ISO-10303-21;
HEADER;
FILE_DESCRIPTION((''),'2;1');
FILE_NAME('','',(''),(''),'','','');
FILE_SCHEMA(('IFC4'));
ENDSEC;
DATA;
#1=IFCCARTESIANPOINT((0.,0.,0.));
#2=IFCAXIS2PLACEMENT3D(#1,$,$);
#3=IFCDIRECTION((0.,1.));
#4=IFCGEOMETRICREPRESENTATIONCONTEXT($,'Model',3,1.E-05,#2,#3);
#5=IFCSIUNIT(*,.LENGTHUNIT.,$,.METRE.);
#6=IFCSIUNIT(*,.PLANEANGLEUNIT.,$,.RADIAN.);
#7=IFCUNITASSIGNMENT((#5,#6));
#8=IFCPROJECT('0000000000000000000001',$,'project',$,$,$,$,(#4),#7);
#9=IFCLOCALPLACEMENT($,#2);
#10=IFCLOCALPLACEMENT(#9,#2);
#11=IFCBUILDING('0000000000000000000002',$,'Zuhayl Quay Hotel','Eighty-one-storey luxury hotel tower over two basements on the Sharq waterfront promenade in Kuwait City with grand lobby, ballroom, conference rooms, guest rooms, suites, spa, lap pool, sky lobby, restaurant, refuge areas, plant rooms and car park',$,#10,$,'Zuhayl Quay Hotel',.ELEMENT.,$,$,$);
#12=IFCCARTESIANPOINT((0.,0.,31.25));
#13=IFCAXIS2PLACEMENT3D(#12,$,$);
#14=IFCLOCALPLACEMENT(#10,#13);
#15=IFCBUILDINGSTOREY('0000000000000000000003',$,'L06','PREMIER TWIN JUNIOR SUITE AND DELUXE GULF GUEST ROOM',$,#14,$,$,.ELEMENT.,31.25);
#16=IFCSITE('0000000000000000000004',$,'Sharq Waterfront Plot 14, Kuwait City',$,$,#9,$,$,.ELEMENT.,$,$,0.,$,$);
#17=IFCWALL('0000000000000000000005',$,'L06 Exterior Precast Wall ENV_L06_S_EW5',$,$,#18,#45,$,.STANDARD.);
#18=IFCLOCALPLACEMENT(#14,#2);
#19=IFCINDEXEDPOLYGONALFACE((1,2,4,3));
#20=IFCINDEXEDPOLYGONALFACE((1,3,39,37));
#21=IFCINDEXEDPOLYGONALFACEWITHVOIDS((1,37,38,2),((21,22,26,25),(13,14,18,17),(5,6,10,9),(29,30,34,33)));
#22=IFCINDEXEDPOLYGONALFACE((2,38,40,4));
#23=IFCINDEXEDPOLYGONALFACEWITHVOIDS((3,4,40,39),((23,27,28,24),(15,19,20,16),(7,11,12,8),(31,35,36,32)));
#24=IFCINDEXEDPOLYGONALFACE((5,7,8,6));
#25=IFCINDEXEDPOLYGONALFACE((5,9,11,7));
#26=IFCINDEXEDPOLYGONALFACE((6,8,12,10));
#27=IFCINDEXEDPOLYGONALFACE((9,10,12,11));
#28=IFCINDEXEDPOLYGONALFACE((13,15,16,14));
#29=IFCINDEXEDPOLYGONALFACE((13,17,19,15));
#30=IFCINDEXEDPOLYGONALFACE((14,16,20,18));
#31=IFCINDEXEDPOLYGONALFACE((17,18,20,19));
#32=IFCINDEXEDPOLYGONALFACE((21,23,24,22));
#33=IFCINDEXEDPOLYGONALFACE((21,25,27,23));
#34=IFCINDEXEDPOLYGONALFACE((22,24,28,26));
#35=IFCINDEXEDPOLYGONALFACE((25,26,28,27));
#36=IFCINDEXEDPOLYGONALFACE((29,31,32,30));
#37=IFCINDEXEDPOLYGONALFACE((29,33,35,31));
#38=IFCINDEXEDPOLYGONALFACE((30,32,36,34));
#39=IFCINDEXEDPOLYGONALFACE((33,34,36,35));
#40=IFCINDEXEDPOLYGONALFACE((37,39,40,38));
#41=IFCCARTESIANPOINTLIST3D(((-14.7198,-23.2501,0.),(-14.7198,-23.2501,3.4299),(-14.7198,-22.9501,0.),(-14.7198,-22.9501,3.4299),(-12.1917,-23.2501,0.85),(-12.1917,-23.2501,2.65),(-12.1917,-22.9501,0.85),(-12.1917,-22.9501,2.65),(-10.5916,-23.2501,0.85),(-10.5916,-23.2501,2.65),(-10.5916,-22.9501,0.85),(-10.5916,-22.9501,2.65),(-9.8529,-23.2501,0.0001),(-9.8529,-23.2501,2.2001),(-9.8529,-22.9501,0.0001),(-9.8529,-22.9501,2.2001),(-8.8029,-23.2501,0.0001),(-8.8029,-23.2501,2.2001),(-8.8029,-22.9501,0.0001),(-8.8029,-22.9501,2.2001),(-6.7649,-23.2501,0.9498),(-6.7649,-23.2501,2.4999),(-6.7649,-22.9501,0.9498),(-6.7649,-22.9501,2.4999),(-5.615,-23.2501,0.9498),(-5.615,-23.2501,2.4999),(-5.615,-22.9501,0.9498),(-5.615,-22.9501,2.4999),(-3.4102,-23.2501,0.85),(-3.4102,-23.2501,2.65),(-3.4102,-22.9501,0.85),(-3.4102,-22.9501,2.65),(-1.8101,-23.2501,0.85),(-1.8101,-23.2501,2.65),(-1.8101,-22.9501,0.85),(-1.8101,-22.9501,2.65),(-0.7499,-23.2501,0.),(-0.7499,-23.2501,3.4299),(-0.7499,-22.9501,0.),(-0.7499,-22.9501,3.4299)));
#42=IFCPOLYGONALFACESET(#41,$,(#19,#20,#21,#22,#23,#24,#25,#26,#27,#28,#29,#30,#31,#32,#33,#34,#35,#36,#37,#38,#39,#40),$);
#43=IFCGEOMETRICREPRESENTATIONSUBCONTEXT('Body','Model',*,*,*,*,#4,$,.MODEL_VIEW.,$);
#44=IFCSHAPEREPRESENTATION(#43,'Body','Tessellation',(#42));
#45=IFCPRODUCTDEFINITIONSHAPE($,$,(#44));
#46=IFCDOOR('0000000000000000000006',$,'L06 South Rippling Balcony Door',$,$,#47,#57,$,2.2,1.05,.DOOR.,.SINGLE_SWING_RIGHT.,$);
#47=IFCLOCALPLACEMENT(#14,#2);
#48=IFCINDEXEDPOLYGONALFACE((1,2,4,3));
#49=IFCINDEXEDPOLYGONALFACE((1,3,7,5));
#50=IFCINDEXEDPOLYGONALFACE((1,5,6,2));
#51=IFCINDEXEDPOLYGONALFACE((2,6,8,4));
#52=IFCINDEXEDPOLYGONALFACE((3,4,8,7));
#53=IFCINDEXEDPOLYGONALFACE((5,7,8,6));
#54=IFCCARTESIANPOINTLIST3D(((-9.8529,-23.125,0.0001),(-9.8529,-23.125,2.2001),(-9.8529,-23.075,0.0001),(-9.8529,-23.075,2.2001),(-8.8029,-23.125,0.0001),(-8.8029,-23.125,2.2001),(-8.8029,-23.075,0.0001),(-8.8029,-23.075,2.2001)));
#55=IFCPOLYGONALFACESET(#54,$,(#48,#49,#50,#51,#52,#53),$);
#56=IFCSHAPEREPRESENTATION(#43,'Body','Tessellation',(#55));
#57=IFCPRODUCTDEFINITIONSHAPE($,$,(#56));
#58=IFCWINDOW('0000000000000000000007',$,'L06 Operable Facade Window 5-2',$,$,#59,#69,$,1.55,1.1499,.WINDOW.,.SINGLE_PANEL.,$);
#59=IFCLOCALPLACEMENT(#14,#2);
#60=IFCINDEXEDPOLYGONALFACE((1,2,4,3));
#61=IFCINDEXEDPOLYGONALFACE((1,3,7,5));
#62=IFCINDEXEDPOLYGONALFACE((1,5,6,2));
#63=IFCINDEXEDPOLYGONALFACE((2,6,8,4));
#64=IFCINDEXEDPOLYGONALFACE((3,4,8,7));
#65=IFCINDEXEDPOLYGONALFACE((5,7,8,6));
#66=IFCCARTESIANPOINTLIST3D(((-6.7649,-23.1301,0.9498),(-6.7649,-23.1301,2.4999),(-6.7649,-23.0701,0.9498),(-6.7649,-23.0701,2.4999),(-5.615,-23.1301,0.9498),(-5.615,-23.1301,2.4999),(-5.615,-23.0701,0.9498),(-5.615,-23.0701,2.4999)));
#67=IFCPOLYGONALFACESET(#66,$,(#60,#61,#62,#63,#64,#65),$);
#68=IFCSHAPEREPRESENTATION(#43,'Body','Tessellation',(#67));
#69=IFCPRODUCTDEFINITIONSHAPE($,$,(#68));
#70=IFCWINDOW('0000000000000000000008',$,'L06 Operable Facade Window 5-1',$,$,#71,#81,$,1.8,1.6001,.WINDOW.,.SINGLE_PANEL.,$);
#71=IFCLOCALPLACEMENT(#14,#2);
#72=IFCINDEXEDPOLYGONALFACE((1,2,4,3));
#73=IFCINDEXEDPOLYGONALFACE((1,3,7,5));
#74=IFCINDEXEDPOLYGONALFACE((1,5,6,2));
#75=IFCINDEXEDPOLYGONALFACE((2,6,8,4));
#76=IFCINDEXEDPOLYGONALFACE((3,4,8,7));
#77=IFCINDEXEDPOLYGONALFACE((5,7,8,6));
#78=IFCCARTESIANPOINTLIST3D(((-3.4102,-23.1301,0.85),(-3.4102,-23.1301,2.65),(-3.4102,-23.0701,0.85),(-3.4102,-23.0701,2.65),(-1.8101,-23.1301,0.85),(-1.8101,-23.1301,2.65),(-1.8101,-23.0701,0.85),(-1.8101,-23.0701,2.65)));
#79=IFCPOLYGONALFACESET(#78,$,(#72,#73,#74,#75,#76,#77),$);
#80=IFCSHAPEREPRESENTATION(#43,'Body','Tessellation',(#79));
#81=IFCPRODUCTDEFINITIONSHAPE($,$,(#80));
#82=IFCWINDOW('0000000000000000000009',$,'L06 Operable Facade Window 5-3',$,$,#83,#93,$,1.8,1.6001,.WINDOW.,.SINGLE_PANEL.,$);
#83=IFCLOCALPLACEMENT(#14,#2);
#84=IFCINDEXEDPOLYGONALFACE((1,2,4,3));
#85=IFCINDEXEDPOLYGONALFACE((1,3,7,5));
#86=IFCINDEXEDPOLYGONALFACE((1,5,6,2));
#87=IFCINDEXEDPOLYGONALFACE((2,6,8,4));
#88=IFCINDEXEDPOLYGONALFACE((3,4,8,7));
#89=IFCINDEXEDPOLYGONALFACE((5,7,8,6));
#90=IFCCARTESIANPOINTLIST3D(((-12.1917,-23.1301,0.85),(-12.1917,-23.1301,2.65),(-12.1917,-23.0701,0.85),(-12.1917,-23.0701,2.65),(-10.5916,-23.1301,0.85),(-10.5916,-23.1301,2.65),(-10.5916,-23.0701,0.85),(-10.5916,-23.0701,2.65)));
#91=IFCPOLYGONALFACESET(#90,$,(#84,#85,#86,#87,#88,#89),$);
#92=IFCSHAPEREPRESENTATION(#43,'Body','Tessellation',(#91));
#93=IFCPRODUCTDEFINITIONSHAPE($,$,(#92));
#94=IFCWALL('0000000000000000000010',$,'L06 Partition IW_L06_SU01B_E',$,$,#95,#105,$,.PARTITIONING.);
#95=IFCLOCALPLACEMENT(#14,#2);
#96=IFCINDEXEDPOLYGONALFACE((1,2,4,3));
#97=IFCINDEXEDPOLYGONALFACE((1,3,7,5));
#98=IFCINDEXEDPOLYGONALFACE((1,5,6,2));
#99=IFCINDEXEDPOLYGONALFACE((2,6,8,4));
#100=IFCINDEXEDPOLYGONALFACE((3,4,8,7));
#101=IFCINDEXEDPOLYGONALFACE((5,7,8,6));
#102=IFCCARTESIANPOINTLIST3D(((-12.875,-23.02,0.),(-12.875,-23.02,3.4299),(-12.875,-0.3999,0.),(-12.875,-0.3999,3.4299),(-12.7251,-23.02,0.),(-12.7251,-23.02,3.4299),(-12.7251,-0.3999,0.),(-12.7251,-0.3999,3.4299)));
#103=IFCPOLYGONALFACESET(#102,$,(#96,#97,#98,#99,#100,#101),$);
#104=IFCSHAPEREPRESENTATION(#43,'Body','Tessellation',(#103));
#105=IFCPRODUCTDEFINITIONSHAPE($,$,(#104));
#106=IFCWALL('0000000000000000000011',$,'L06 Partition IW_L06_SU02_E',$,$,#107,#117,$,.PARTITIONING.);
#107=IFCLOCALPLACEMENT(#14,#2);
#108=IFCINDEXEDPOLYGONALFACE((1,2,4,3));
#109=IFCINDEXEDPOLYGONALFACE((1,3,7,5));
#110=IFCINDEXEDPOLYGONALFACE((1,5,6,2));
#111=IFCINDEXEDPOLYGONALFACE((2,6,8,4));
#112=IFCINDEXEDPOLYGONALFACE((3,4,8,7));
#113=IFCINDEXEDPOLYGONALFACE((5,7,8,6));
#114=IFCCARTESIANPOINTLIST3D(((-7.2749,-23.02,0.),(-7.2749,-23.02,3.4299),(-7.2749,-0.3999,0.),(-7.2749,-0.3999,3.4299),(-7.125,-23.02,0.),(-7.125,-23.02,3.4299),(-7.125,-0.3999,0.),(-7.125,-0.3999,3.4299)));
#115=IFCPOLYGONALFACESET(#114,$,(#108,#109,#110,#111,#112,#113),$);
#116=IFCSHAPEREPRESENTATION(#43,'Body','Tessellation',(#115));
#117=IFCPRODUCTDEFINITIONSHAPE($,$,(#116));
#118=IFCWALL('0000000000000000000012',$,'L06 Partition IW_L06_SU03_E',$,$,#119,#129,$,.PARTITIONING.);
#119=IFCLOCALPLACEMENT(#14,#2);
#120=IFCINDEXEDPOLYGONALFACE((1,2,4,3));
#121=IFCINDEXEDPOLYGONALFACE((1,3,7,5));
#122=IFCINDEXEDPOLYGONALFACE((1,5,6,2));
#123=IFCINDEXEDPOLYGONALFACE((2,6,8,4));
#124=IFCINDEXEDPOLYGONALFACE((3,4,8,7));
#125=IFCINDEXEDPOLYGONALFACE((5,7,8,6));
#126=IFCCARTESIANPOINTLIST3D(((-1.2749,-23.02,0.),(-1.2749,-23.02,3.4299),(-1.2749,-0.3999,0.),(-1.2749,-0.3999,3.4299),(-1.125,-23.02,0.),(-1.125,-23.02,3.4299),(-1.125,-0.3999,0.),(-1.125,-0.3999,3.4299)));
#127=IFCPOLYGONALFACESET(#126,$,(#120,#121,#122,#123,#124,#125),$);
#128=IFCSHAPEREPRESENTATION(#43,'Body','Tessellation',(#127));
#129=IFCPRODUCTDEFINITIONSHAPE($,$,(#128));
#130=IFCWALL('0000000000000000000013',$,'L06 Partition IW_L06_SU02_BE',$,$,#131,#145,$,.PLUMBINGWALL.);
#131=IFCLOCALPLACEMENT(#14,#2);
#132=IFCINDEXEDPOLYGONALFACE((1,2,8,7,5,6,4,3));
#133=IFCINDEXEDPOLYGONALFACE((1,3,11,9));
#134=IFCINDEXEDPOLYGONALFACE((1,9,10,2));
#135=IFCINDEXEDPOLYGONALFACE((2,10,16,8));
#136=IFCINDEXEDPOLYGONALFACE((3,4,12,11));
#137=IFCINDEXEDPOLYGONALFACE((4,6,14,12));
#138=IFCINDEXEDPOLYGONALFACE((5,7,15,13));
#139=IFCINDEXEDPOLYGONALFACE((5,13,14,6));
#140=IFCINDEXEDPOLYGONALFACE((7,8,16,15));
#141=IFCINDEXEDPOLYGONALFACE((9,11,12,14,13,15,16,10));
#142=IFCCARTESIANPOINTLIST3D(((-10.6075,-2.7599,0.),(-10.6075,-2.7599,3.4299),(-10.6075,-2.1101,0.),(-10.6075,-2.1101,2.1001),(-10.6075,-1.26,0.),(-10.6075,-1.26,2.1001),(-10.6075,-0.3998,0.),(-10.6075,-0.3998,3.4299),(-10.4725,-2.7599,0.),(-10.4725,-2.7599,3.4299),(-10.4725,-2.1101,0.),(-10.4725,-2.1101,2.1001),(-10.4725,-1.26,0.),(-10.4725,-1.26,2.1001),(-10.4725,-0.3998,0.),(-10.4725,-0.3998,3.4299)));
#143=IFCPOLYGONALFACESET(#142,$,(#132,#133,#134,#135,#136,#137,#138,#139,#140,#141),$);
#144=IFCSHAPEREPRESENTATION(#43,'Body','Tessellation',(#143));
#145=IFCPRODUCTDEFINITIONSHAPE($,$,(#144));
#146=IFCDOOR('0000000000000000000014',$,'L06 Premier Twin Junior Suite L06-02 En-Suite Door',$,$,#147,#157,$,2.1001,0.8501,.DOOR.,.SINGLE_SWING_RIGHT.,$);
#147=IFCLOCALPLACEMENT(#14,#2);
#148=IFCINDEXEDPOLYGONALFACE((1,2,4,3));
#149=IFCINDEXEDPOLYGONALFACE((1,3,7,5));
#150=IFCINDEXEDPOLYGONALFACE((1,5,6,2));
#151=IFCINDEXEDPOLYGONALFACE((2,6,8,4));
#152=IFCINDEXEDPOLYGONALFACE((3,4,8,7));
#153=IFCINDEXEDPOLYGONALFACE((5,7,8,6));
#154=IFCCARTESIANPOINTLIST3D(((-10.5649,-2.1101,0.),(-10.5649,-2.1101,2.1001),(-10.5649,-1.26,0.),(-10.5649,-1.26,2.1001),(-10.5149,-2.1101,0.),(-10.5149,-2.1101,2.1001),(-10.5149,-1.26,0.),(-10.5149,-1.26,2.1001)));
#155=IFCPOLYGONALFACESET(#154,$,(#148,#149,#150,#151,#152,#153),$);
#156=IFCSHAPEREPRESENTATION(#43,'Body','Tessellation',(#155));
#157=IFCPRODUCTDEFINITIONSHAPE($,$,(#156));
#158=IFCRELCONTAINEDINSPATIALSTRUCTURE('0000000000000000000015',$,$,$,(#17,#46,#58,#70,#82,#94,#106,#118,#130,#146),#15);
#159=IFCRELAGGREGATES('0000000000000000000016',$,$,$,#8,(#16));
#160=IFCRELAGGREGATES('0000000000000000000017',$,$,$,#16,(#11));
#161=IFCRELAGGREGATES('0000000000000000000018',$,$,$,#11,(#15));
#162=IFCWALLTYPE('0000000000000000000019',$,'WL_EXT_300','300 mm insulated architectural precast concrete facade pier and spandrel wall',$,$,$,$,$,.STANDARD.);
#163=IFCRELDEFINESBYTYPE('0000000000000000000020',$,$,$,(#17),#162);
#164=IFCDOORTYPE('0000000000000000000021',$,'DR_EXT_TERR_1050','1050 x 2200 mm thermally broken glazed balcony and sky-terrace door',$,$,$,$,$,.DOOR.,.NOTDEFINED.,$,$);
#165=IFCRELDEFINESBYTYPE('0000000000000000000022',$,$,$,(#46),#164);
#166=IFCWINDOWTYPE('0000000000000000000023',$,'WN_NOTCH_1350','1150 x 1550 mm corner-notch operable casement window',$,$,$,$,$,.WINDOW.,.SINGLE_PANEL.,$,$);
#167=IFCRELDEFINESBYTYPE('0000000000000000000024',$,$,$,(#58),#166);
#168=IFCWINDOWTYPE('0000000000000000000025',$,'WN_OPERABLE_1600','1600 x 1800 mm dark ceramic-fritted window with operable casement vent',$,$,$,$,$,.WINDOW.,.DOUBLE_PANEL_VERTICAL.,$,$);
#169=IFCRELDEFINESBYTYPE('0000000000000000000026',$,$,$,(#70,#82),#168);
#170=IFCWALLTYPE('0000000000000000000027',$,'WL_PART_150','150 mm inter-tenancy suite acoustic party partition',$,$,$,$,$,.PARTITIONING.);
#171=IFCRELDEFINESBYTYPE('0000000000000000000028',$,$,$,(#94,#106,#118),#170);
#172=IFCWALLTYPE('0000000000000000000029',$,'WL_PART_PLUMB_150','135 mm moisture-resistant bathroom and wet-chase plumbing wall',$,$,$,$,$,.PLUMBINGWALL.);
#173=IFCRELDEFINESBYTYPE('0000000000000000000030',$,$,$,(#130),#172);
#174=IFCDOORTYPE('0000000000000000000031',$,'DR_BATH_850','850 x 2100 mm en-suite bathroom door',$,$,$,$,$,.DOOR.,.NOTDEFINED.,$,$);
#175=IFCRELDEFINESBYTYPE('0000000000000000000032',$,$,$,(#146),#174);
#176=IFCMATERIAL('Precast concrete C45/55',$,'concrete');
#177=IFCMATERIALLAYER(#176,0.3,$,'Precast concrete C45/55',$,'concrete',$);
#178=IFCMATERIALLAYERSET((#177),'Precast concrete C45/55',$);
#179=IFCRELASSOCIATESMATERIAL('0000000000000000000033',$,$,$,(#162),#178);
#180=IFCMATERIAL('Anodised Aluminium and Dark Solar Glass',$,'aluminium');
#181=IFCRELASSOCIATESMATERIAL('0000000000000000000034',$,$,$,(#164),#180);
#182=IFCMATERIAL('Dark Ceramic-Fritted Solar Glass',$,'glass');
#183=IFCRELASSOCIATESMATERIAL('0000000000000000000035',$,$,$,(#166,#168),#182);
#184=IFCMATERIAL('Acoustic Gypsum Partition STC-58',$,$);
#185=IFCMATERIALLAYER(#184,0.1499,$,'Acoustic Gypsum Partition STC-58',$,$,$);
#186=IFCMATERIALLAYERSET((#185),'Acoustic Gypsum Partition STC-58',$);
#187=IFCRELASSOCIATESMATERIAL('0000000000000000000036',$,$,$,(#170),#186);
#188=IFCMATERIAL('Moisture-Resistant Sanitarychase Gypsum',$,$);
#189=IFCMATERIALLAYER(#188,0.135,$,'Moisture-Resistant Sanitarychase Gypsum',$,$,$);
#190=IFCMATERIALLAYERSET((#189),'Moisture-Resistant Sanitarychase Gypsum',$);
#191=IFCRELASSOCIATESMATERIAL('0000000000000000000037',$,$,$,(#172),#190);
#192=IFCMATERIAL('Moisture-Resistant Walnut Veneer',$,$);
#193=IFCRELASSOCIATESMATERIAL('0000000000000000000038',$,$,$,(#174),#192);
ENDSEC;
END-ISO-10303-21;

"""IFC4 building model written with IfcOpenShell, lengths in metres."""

from ifc_helpers import new_model, si_unit, direction, frame, frame_2d, origin, place, context, subcontext, project, spatial, rectangle, extrude, material, layer, layer_set, type_object, element, fill, save


model = new_model("IFC4")

# Units and contexts
model_context = context("Model", 3, precision=1e-05, world=origin(), true_north=direction((0.0, 1.0)))
body_context = subcontext(model_context, "Body", "Model", "MODEL_VIEW")
ifc_project = project(units=[si_unit("LENGTHUNIT", "METRE"), si_unit("PLANEANGLEUNIT", "RADIAN")], contexts=[model_context])

# Site, building, storey
site_placement = place(None, origin())
site = spatial("IfcSite", under=ifc_project, at=site_placement, Name="Sharq Waterfront Plot 14, Kuwait City", CompositionType="ELEMENT", RefElevation=0.0)
building_placement = place(site_placement, origin())
building = spatial("IfcBuilding", under=site, at=building_placement, Name="Zuhayl Quay Hotel", Description="Eighty-one-storey luxury hotel tower over two basements on the Sharq waterfront promenade in Kuwait City with grand lobby, ballroom, conference rooms, guest rooms, suites, spa, lap pool, sky lobby, restaurant, refuge areas, plant rooms and car park", LongName="Zuhayl Quay Hotel", CompositionType="ELEMENT")
storey_placement = place(building_placement, frame((0.0, 0.0, 31.25)))
storey = spatial("IfcBuildingStorey", under=building, at=storey_placement, Name="L06", Description="PREMIER TWIN JUNIOR SUITE AND DELUXE GULF GUEST ROOM", CompositionType="ELEMENT", Elevation=31.25)

# Wall, openings, door, windows
ifc_material_1 = material(Name="Precast concrete C45/55", Category="concrete")
ifc_layer_1 = layer(ifc_material_1, 0.3, Name="Precast concrete C45/55", Category="concrete")
ifc_layer_set_1 = layer_set([ifc_layer_1], Name="Precast concrete C45/55")
wall_type_1 = type_object("IfcWallType", Name="WL_EXT_300", Description="300 mm insulated architectural precast concrete facade pier and spandrel wall", PredefinedType="STANDARD", material=ifc_layer_set_1)
wall_1_placement = place(storey_placement, frame((-0.75, -23.1001, 0.0), z_axis=(0.0, 0.0, 1.0), x_axis=(-1.0, 0.0, 0.0)))
wall_1 = element("IfcWall", 1, at=wall_1_placement, inside=storey, type_object=wall_type_1, Name="L06 Exterior Precast Wall ENV_L06_S_EW5", PredefinedType="STANDARD", context=body_context, shape_type="SweptSolid", body=[
    extrude(rectangle(XDim=13.97, YDim=0.3, at=frame_2d((6.9849, 0.0))), origin(), (0.0, 0.0, 1.0), 3.4299),
])
opening_1_placement = place(wall_1_placement, frame((8.053, 0.0, 0.0)))
opening_1 = element("IfcOpeningElement", 2, at=opening_1_placement, cuts=wall_1, PredefinedType="OPENING", context=body_context, shape_type="SweptSolid", body=[
    extrude(rectangle(XDim=1.05, YDim=2.2, at=frame_2d((0.5249, 1.1001))), frame((0.0, 0.1599, 0.0), z_axis=(0.0, -1.0, 0.0), x_axis=(1.0, 0.0, 0.0)), (0.0, 0.0, 1.0), 0.3201),
])
opening_2_placement = place(wall_1_placement, frame((1.0601, 0.0, 0.8501)))
opening_2 = element("IfcOpeningElement", 3, at=opening_2_placement, cuts=wall_1, PredefinedType="OPENING", context=body_context, shape_type="SweptSolid", body=[
    extrude(rectangle(XDim=1.6001, YDim=1.8, at=frame_2d((0.8, 0.8999))), frame((0.0, 0.1599, 0.0), z_axis=(0.0, -1.0, 0.0), x_axis=(1.0, 0.0, 0.0)), (0.0, 0.0, 1.0), 0.3201),
])
opening_3_placement = place(wall_1_placement, frame((4.865, 0.0, 0.95)))
opening_3 = element("IfcOpeningElement", 4, at=opening_3_placement, cuts=wall_1, PredefinedType="OPENING", context=body_context, shape_type="SweptSolid", body=[
    extrude(rectangle(XDim=1.1499, YDim=1.55, at=frame_2d((0.575, 0.7749))), frame((0.0, 0.1599, 0.0), z_axis=(0.0, -1.0, 0.0), x_axis=(1.0, 0.0, 0.0)), (0.0, 0.0, 1.0), 0.3201),
])
opening_4_placement = place(wall_1_placement, frame((9.8416, 0.0, 0.8501)))
opening_4 = element("IfcOpeningElement", 5, at=opening_4_placement, cuts=wall_1, PredefinedType="OPENING", context=body_context, shape_type="SweptSolid", body=[
    extrude(rectangle(XDim=1.6001, YDim=1.8, at=frame_2d((0.8, 0.8999))), frame((0.0, 0.1599, 0.0), z_axis=(0.0, -1.0, 0.0), x_axis=(1.0, 0.0, 0.0)), (0.0, 0.0, 1.0), 0.3201),
])
ifc_material_2 = material(Name="Anodised Aluminium and Dark Solar Glass", Category="aluminium")
door_type_1 = type_object("IfcDoorType", Name="DR_EXT_TERR_1050", Description="1050 x 2200 mm thermally broken glazed balcony and sky-terrace door", OperationType="NOTDEFINED", PredefinedType="DOOR", material=ifc_material_2)
door_1_placement = place(opening_1_placement, origin())
door_1 = element("IfcDoor", 6, at=door_1_placement, inside=storey, type_object=door_type_1, Name="L06 South Rippling Balcony Door", OperationType="SINGLE_SWING_RIGHT", OverallHeight=2.2, OverallWidth=1.05, PredefinedType="DOOR", context=body_context, shape_type="SweptSolid", body=[
    extrude(rectangle(XDim=1.05, YDim=2.2, at=frame_2d((0.5249, 1.1001))), frame((0.0, 0.0249, 0.0), z_axis=(0.0, -1.0, 0.0), x_axis=(1.0, 0.0, 0.0)), (0.0, 0.0, 1.0), 0.05),
])
fill(opening_1, door_1)
ifc_material_3 = material(Name="Dark Ceramic-Fritted Solar Glass", Category="glass")
window_type_1 = type_object("IfcWindowType", Name="WN_NOTCH_1350", Description="1150 x 1550 mm corner-notch operable casement window", PartitioningType="SINGLE_PANEL", PredefinedType="WINDOW", material=ifc_material_3)
window_1_placement = place(opening_3_placement, origin())
window_1 = element("IfcWindow", 7, at=window_1_placement, inside=storey, type_object=window_type_1, Name="L06 Operable Facade Window 5-2", OverallHeight=1.55, OverallWidth=1.1499, PartitioningType="SINGLE_PANEL", PredefinedType="WINDOW", context=body_context, shape_type="SweptSolid", body=[
    extrude(rectangle(XDim=1.1499, YDim=1.55, at=frame_2d((0.575, 0.7749))), frame((0.0, 0.03, 0.0), z_axis=(0.0, -1.0, 0.0), x_axis=(1.0, 0.0, 0.0)), (0.0, 0.0, 1.0), 0.0601),
])
fill(opening_3, window_1)
window_type_2 = type_object("IfcWindowType", Name="WN_OPERABLE_1600", Description="1600 x 1800 mm dark ceramic-fritted window with operable casement vent", PartitioningType="DOUBLE_PANEL_VERTICAL", PredefinedType="WINDOW", material=ifc_material_3)
window_2_placement = place(opening_2_placement, origin())
window_2 = element("IfcWindow", 8, at=window_2_placement, inside=storey, type_object=window_type_2, Name="L06 Operable Facade Window 5-1", OverallHeight=1.8, OverallWidth=1.6001, PartitioningType="SINGLE_PANEL", PredefinedType="WINDOW", context=body_context, shape_type="SweptSolid", body=[
    extrude(rectangle(XDim=1.6001, YDim=1.8, at=frame_2d((0.8, 0.8999))), frame((0.0, 0.03, 0.0), z_axis=(0.0, -1.0, 0.0), x_axis=(1.0, 0.0, 0.0)), (0.0, 0.0, 1.0), 0.0601),
])
fill(opening_2, window_2)
window_3_placement = place(opening_4_placement, origin())
window_3 = element("IfcWindow", 9, at=window_3_placement, inside=storey, type_object=window_type_2, Name="L06 Operable Facade Window 5-3", OverallHeight=1.8, OverallWidth=1.6001, PartitioningType="SINGLE_PANEL", PredefinedType="WINDOW", context=body_context, shape_type="SweptSolid", body=[
    extrude(rectangle(XDim=1.6001, YDim=1.8, at=frame_2d((0.8, 0.8999))), frame((0.0, 0.03, 0.0), z_axis=(0.0, -1.0, 0.0), x_axis=(1.0, 0.0, 0.0)), (0.0, 0.0, 1.0), 0.0601),
])
fill(opening_4, window_3)

# Walls
ifc_material_4 = material(Name="Acoustic Gypsum Partition STC-58")
ifc_layer_2 = layer(ifc_material_4, 0.1499, Name="Acoustic Gypsum Partition STC-58")
ifc_layer_set_2 = layer_set([ifc_layer_2], Name="Acoustic Gypsum Partition STC-58")
wall_type_2 = type_object("IfcWallType", Name="WL_PART_150", Description="150 mm inter-tenancy suite acoustic party partition", PredefinedType="PARTITIONING", material=ifc_layer_set_2)
for number, where, z_axis, x_axis, name in (
    (10, (-12.8, -23.02, 0.0), (0.0, 0.0, 1.0), (0.0, 1.0, 0.0), "L06 Partition IW_L06_SU01B_E"),
    (11, (-7.2, -23.02, 0.0), (0.0, 0.0, 1.0), (0.0, 1.0, 0.0), "L06 Partition IW_L06_SU02_E"),
    (12, (-1.2, -23.02, 0.0), (0.0, 0.0, 1.0), (0.0, 1.0, 0.0), "L06 Partition IW_L06_SU03_E"),
):
    element("IfcWall", number, at=place(storey_placement, frame(where, z_axis=z_axis, x_axis=x_axis)), inside=storey, type_object=wall_type_2, Name=name, PredefinedType="PARTITIONING", context=body_context, shape_type="SweptSolid", body=[
        extrude(rectangle(XDim=22.6201, YDim=0.1499, at=frame_2d((11.3101, 0.0))), origin(), (0.0, 0.0, 1.0), 3.4299),
    ])

# Wall, opening, door
ifc_material_5 = material(Name="Moisture-Resistant Sanitarychase Gypsum")
ifc_layer_3 = layer(ifc_material_5, 0.135, Name="Moisture-Resistant Sanitarychase Gypsum")
ifc_layer_set_3 = layer_set([ifc_layer_3], Name="Moisture-Resistant Sanitarychase Gypsum")
wall_type_3 = type_object("IfcWallType", Name="WL_PART_PLUMB_150", Description="135 mm moisture-resistant bathroom and wet-chase plumbing wall", PredefinedType="PLUMBINGWALL", material=ifc_layer_set_3)
wall_2_placement = place(storey_placement, frame((-10.54, -2.76, 0.0), z_axis=(0.0, 0.0, 1.0), x_axis=(0.0, 1.0, 0.0)))
wall_2 = element("IfcWall", 13, at=wall_2_placement, inside=storey, type_object=wall_type_3, Name="L06 Partition IW_L06_SU02_BE", PredefinedType="PLUMBINGWALL", context=body_context, shape_type="SweptSolid", body=[
    extrude(rectangle(XDim=2.3601, YDim=0.135, at=frame_2d((1.1802, 0.0))), origin(), (0.0, 0.0, 1.0), 3.4299),
])
opening_5_placement = place(wall_2_placement, frame((0.6499, 0.0, 0.0)))
opening_5 = element("IfcOpeningElement", 14, at=opening_5_placement, cuts=wall_2, PredefinedType="OPENING", context=body_context, shape_type="SweptSolid", body=[
    extrude(rectangle(XDim=0.8501, YDim=2.1001, at=frame_2d((0.425, 1.05))), frame((0.0, 0.0774, 0.0), z_axis=(0.0, -1.0, 0.0), x_axis=(1.0, 0.0, 0.0)), (0.0, 0.0, 1.0), 0.155),
])
ifc_material_6 = material(Name="Moisture-Resistant Walnut Veneer")
door_type_2 = type_object("IfcDoorType", Name="DR_BATH_850", Description="850 x 2100 mm en-suite bathroom door", OperationType="NOTDEFINED", PredefinedType="DOOR", material=ifc_material_6)
door_2_placement = place(opening_5_placement, origin())
door_2 = element("IfcDoor", 15, at=door_2_placement, inside=storey, type_object=door_type_2, Name="L06 Premier Twin Junior Suite L06-02 En-Suite Door", OperationType="SINGLE_SWING_RIGHT", OverallHeight=2.1001, OverallWidth=0.8501, PredefinedType="DOOR", context=body_context, shape_type="SweptSolid", body=[
    extrude(rectangle(XDim=0.8501, YDim=2.1001, at=frame_2d((0.425, 1.05))), frame((0.0, 0.0249, 0.0), z_axis=(0.0, -1.0, 0.0), x_axis=(1.0, 0.0, 0.0)), (0.0, 0.0, 1.0), 0.05),
])
fill(opening_5, door_2)

save(model, "model.ifc")
